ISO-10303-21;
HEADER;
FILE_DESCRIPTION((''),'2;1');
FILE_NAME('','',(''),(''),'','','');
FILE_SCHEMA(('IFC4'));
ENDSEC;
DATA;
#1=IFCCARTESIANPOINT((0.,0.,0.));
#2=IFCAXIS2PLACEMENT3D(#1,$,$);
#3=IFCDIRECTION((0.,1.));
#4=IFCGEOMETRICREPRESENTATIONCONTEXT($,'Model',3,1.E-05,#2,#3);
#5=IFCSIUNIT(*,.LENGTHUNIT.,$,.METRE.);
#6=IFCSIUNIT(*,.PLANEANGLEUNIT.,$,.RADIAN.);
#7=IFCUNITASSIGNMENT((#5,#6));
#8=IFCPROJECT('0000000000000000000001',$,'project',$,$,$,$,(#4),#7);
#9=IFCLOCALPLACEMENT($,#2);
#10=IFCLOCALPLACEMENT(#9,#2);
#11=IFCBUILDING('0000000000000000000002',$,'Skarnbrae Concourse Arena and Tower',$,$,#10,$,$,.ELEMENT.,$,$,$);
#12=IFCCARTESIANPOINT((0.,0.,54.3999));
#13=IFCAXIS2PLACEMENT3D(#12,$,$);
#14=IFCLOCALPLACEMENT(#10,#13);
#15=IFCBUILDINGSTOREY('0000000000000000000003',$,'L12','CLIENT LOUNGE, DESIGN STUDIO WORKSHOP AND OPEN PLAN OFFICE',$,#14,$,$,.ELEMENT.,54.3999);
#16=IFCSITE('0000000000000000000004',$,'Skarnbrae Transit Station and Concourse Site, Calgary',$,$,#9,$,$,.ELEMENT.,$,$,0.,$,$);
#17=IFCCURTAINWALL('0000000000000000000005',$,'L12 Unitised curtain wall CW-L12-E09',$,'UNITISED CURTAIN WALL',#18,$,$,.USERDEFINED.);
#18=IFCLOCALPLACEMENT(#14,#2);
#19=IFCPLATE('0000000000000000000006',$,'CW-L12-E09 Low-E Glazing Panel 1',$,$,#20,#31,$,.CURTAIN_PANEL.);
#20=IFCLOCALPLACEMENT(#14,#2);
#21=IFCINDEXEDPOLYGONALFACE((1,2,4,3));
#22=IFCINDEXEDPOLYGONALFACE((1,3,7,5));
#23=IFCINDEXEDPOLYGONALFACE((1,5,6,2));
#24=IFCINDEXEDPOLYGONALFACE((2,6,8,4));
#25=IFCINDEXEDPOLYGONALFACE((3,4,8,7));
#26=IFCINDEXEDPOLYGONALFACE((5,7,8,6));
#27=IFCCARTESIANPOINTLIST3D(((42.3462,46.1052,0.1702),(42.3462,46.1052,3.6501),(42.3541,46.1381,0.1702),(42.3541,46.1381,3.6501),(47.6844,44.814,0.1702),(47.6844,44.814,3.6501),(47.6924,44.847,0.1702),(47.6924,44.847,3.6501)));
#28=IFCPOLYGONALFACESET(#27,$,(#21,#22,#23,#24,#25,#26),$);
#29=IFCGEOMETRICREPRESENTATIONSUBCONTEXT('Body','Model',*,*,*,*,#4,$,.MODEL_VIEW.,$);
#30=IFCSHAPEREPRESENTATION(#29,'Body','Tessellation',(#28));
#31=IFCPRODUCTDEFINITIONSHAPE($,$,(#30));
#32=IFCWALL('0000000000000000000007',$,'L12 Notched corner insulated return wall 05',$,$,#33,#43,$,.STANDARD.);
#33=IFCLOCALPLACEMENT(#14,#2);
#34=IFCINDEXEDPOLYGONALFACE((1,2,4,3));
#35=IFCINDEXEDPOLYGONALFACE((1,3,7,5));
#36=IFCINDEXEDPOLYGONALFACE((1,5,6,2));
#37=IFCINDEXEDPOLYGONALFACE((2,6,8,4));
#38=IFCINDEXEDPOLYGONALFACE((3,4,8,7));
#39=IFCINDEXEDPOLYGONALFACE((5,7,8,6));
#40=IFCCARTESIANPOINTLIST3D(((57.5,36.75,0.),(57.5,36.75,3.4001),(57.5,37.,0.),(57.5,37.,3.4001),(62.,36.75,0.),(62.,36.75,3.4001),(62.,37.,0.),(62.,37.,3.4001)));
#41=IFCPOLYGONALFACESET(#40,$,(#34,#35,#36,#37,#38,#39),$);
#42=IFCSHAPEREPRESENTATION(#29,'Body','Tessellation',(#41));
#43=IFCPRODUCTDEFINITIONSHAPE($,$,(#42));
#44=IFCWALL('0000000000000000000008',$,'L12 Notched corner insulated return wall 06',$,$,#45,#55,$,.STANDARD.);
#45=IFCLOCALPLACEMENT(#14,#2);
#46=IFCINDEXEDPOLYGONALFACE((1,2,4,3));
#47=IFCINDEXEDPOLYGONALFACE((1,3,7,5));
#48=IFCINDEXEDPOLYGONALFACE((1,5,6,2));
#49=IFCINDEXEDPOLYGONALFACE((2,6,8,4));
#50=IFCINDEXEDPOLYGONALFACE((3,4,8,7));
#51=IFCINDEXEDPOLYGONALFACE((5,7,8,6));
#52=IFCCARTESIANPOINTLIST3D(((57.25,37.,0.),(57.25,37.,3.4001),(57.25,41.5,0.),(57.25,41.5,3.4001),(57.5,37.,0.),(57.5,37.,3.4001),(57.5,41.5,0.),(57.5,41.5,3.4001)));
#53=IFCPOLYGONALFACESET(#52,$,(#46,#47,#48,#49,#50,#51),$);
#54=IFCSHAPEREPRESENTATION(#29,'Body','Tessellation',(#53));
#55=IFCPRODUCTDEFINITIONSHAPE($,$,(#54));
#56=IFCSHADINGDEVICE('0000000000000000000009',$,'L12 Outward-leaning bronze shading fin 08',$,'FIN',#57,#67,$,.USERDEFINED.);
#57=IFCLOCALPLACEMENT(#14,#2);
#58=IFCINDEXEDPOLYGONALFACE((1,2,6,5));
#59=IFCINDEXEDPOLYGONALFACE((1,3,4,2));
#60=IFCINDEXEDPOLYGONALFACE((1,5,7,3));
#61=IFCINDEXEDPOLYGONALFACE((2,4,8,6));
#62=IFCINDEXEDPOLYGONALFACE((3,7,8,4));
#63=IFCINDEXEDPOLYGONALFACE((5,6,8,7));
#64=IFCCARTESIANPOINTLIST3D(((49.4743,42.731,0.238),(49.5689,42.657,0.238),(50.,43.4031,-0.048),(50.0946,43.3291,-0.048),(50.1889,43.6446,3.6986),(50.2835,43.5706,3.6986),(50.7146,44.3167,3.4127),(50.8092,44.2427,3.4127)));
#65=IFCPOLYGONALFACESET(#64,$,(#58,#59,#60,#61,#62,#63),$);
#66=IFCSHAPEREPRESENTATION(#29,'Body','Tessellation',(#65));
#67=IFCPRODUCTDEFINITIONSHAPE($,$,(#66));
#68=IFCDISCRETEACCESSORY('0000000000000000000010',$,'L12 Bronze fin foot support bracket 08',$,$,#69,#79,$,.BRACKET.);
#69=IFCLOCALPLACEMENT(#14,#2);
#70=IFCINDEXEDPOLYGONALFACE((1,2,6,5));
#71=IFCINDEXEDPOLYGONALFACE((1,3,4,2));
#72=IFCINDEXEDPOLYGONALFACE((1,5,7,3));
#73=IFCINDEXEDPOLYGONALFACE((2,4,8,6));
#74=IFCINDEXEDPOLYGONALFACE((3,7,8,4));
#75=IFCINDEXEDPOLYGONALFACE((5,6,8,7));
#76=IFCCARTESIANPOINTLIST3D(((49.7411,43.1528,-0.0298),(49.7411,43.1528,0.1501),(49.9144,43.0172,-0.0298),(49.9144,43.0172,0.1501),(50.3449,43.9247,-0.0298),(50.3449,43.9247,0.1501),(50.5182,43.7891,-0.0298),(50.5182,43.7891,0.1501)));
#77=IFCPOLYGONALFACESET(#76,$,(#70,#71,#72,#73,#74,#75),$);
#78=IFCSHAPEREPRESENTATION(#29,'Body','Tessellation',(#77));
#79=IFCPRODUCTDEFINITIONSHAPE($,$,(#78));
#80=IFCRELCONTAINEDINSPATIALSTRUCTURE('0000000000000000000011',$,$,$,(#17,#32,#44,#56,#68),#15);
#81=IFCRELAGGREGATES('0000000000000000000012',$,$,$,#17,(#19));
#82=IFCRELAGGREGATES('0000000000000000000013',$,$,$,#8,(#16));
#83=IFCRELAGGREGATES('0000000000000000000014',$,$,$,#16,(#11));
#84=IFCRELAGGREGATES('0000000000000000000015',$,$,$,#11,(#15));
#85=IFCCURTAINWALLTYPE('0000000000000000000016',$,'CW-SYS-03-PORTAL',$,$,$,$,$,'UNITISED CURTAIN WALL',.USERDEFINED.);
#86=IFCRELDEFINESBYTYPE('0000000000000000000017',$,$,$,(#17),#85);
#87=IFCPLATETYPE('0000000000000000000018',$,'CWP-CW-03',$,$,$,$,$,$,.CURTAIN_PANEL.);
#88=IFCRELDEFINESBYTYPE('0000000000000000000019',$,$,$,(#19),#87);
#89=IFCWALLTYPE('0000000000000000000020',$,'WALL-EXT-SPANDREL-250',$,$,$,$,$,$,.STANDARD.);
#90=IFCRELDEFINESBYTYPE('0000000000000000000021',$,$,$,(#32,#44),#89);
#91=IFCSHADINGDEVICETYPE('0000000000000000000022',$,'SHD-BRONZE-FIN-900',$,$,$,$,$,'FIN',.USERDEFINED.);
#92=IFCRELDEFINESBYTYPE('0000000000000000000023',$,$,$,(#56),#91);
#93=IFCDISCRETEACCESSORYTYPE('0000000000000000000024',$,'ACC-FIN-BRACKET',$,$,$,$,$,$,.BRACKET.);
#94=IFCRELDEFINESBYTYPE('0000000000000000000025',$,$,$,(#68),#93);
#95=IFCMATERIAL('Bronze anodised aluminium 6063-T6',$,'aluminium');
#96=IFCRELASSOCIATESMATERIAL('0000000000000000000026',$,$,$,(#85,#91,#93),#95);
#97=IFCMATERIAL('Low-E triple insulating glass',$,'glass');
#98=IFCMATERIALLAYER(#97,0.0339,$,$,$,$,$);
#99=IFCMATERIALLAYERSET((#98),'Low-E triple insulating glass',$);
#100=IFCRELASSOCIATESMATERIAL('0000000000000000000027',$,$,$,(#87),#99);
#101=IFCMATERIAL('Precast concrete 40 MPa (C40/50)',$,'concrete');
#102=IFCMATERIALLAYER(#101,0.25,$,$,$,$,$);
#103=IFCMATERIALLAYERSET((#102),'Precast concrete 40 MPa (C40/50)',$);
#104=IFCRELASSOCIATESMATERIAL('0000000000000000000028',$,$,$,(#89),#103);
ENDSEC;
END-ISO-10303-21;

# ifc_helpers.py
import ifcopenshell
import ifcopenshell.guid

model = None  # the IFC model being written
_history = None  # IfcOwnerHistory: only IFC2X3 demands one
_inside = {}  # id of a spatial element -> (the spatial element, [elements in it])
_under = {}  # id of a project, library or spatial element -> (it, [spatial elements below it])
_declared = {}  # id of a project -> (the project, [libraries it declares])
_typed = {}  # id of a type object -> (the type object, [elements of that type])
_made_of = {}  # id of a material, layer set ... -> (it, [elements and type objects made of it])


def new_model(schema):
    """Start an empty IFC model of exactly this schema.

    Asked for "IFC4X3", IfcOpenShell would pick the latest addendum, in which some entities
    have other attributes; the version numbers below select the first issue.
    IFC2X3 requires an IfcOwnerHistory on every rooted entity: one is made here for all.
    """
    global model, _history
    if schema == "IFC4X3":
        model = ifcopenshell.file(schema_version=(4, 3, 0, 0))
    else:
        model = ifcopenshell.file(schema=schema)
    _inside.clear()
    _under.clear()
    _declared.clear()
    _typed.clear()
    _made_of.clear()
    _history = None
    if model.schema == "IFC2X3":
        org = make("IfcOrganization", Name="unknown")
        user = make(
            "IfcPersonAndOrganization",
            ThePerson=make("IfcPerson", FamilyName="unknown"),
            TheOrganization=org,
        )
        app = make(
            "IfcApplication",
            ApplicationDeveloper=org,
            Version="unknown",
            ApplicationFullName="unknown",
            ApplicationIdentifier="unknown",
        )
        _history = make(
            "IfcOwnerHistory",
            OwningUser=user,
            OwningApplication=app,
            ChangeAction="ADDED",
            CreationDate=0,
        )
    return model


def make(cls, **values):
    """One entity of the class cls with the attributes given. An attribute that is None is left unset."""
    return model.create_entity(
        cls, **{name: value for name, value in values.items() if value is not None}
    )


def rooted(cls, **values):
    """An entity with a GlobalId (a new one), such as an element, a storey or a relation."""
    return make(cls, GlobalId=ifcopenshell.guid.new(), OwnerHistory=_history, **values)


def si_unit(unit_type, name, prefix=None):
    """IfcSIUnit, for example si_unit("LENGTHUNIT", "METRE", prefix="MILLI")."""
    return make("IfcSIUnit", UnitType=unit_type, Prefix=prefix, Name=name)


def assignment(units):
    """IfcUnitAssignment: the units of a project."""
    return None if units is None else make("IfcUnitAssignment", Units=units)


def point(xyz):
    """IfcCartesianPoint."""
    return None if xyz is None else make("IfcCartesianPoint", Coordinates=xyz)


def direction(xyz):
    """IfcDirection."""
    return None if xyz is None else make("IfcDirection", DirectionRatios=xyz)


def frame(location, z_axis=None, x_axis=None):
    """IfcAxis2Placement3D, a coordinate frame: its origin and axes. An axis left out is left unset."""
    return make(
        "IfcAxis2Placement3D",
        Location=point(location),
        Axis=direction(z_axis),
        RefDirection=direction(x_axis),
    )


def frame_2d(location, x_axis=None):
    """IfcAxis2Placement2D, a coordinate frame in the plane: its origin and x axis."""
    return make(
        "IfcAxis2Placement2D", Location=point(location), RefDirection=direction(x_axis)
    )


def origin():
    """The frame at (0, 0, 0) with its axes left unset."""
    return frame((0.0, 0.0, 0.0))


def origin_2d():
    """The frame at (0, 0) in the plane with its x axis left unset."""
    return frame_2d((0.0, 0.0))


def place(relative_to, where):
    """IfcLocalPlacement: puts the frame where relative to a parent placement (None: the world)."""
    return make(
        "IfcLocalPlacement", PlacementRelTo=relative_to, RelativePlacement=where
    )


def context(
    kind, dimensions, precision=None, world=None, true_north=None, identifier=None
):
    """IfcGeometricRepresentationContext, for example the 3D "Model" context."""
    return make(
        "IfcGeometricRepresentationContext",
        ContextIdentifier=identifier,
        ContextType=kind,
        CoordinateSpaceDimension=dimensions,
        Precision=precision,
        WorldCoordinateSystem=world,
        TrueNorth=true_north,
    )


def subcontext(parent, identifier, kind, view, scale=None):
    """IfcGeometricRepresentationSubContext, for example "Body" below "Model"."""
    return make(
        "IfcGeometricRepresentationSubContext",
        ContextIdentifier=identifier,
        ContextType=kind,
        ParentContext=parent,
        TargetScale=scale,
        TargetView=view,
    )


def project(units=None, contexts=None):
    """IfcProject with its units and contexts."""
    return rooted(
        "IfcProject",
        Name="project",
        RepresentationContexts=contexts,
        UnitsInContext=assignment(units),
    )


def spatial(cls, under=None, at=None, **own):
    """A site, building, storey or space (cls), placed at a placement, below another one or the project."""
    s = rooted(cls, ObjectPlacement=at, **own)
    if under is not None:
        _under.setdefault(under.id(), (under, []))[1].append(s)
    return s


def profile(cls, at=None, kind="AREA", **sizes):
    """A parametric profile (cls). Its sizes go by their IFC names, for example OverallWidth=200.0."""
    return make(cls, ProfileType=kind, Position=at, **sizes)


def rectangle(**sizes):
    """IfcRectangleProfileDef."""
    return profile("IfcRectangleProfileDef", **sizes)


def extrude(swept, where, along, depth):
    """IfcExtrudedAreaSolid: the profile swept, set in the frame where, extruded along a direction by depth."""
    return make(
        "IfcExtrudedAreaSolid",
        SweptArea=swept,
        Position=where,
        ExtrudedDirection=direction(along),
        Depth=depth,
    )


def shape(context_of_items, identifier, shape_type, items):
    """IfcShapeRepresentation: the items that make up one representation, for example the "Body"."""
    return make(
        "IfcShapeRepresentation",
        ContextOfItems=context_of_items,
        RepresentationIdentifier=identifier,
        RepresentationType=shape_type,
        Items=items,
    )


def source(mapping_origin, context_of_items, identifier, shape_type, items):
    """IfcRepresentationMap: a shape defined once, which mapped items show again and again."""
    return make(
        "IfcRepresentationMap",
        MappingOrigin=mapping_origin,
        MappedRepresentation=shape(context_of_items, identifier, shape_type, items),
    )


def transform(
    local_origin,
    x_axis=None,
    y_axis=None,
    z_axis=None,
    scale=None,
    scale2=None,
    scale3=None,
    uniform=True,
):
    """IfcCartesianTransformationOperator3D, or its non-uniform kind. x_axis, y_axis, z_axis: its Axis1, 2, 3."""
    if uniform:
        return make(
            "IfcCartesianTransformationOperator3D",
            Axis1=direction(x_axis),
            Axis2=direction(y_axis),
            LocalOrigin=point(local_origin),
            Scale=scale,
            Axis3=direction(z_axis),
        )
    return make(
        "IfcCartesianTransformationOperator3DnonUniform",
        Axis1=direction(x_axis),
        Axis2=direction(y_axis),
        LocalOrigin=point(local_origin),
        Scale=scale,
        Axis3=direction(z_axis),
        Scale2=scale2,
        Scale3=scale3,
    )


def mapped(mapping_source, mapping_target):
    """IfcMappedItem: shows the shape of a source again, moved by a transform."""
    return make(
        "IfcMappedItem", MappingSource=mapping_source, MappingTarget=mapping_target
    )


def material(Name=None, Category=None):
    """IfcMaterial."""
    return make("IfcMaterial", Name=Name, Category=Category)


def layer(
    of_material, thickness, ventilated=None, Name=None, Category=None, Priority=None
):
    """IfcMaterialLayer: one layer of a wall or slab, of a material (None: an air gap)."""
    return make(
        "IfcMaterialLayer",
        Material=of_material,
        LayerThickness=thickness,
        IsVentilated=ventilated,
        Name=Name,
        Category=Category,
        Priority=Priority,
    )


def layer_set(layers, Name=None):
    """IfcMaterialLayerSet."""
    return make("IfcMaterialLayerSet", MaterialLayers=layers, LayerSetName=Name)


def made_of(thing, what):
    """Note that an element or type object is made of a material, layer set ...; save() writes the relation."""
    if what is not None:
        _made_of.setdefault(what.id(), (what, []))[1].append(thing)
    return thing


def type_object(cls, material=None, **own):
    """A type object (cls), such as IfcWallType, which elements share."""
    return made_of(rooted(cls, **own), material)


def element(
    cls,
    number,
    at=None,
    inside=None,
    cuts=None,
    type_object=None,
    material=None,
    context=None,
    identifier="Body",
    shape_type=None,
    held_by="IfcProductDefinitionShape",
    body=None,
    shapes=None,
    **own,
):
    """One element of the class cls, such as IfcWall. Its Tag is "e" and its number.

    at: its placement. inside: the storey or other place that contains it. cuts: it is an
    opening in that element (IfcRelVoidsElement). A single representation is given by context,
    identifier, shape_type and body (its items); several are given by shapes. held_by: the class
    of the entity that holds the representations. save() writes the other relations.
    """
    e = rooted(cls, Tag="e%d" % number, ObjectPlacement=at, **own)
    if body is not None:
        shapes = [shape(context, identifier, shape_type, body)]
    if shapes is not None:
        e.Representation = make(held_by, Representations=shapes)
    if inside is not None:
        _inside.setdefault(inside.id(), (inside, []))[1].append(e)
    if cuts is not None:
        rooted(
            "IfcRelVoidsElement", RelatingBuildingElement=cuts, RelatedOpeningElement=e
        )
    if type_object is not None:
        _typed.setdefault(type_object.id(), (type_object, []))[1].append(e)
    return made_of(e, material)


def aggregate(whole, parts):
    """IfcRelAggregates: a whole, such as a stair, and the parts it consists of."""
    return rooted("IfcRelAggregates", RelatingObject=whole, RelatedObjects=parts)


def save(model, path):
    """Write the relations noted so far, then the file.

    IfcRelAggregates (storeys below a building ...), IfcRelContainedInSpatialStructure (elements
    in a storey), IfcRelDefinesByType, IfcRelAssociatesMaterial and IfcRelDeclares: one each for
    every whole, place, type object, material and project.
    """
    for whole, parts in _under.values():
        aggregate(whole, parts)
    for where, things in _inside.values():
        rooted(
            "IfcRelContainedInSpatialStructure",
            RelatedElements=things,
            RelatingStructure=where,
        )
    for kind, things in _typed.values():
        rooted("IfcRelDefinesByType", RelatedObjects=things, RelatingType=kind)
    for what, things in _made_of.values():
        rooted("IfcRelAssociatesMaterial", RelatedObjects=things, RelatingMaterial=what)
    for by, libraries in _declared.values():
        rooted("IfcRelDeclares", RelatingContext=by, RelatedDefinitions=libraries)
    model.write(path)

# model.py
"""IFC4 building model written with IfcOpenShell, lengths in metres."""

from ifc_helpers import new_model, si_unit, direction, frame, frame_2d, origin, origin_2d, place, context, subcontext, project, spatial, rectangle, extrude, source, transform, mapped, material, layer, layer_set, type_object, element, aggregate, save


model = new_model("IFC4")

# Units and contexts
model_context = context("Model", 3, precision=1e-05, world=origin(), true_north=direction((0.0, 1.0)))
body_context = subcontext(model_context, "Body", "Model", "MODEL_VIEW")
ifc_project = project(units=[si_unit("LENGTHUNIT", "METRE"), si_unit("PLANEANGLEUNIT", "RADIAN")], contexts=[model_context])

# Site, building, storey
site_placement = place(None, origin())
site = spatial("IfcSite", under=ifc_project, at=site_placement, Name="Skarnbrae Transit Station and Concourse Site, Calgary", CompositionType="ELEMENT", RefElevation=0.0)
building_placement = place(site_placement, origin())
building = spatial("IfcBuilding", under=site, at=building_placement, Name="Skarnbrae Concourse Arena and Tower", CompositionType="ELEMENT")
storey_placement = place(building_placement, frame((0.0, 0.0, 54.3999)))
storey = spatial("IfcBuildingStorey", under=building, at=storey_placement, Name="L12", Description="CLIENT LOUNGE, DESIGN STUDIO WORKSHOP AND OPEN PLAN OFFICE", CompositionType="ELEMENT", Elevation=54.3999)

# Shared definitions
ifc_material_1 = material(Name="Bronze anodised aluminium 6063-T6", Category="aluminium")

# Curtain wall
curtain_wall_type_1 = type_object("IfcCurtainWallType", Name="CW-SYS-03-PORTAL", ElementType="UNITISED CURTAIN WALL", PredefinedType="USERDEFINED", material=ifc_material_1)
curtain_wall_1_placement = place(storey_placement, origin())
curtain_wall_1 = element("IfcCurtainWall", 1, at=curtain_wall_1_placement, inside=storey, type_object=curtain_wall_type_1, Name="L12 Unitised curtain wall CW-L12-E09", ObjectType="UNITISED CURTAIN WALL", PredefinedType="USERDEFINED")

# Plate
ifc_material_2 = material(Name="Low-E triple insulating glass", Category="glass")
ifc_layer_1 = layer(ifc_material_2, 0.0339)
ifc_layer_set_1 = layer_set([ifc_layer_1], Name="Low-E triple insulating glass")
plate_type_1 = type_object("IfcPlateType", Name="CWP-CW-03", PredefinedType="CURTAIN_PANEL", material=ifc_layer_set_1)
shared_shape_1 = source(origin(), body_context, "Body", "SweptSolid", [
    extrude(rectangle(XDim=5.4922, YDim=0.0339, at=origin_2d()), origin(), (0.0, 0.0, 1.0), 3.48),
])
plate_1_placement = place(storey_placement, frame((45.0193, 45.4761, 0.1702), z_axis=(0.0, 0.0, 1.0), x_axis=(-0.971974, 0.23509, 0.0)))
plate_1 = element("IfcPlate", 2, at=plate_1_placement, type_object=plate_type_1, Name="CW-L12-E09 Low-E Glazing Panel 1", PredefinedType="CURTAIN_PANEL", context=body_context, shape_type="MappedRepresentation", body=[
    mapped(shared_shape_1, transform((0.0, 0.0, 0.0))),
])
aggregate(curtain_wall_1, [plate_1])

# Walls
ifc_material_3 = material(Name="Precast concrete 40 MPa (C40/50)", Category="concrete")
ifc_layer_2 = layer(ifc_material_3, 0.25)
ifc_layer_set_2 = layer_set([ifc_layer_2], Name="Precast concrete 40 MPa (C40/50)")
wall_type = type_object("IfcWallType", Name="WALL-EXT-SPANDREL-250", PredefinedType="STANDARD", material=ifc_layer_set_2)
shared_shape_2 = source(origin(), body_context, "Body", "SweptSolid", [
    extrude(rectangle(XDim=4.5, YDim=0.25, at=frame_2d((2.25, 0.0))), origin(), (0.0, 0.0, 1.0), 3.4001),
])
for number, where, z_axis, x_axis, name in (
    (3, (62.0, 36.875, 0.0), (0.0, 0.0, 1.0), (-1.0, 0.0, 0.0), "L12 Notched corner insulated return wall 05"),
    (4, (57.375, 37.0, 0.0), (0.0, 0.0, 1.0), (0.0, 1.0, 0.0), "L12 Notched corner insulated return wall 06"),
):
    element("IfcWall", number, at=place(storey_placement, frame(where, z_axis=z_axis, x_axis=x_axis)), inside=storey, type_object=wall_type, Name=name, PredefinedType="STANDARD", context=body_context, shape_type="MappedRepresentation", body=[
        mapped(shared_shape_2, transform((0.0, 0.0, 0.0))),
    ])

# Shading device
shading_device_type = type_object("IfcShadingDeviceType", Name="SHD-BRONZE-FIN-900", ElementType="FIN", PredefinedType="USERDEFINED", material=ifc_material_1)
shared_shape_3 = source(origin(), body_context, "Body", "SweptSolid", [
    extrude(rectangle(XDim=0.1201, YDim=0.8999, at=origin_2d()), origin(), (0.0, 0.0, 1.0), 3.6499),
])
shading_device_placement = place(storey_placement, frame((49.7844, 43.03, 0.095), z_axis=(0.195802, 0.250318, 0.948157), x_axis=(0.787656, -0.616115, 0.0)))
element("IfcShadingDevice", 5, at=shading_device_placement, inside=storey, type_object=shading_device_type, Name="L12 Outward-leaning bronze shading fin 08", ObjectType="FIN", PredefinedType="USERDEFINED", context=body_context, shape_type="MappedRepresentation", body=[
    mapped(shared_shape_3, transform((0.0, 0.0, 0.0))),
])

# Discrete accessory
discrete_accessory_type = type_object("IfcDiscreteAccessoryType", Name="ACC-FIN-BRACKET", PredefinedType="BRACKET", material=ifc_material_1)
shared_shape_4 = source(origin(), body_context, "Body", "SweptSolid", [
    extrude(rectangle(XDim=0.22, YDim=0.98, at=origin_2d()), origin(), (0.0, 0.0, 1.0), 0.1799),
])
discrete_accessory_placement = place(storey_placement, frame((50.1296, 43.4709, -0.0298), z_axis=(0.0, 0.0, 1.0), x_axis=(0.787656, -0.616115, 0.0)))
element("IfcDiscreteAccessory", 6, at=discrete_accessory_placement, inside=storey, type_object=discrete_accessory_type, Name="L12 Bronze fin foot support bracket 08", PredefinedType="BRACKET", context=body_context, shape_type="MappedRepresentation", body=[
    mapped(shared_shape_4, transform((0.0, 0.0, 0.0))),
])

save(model, "model.ifc")
